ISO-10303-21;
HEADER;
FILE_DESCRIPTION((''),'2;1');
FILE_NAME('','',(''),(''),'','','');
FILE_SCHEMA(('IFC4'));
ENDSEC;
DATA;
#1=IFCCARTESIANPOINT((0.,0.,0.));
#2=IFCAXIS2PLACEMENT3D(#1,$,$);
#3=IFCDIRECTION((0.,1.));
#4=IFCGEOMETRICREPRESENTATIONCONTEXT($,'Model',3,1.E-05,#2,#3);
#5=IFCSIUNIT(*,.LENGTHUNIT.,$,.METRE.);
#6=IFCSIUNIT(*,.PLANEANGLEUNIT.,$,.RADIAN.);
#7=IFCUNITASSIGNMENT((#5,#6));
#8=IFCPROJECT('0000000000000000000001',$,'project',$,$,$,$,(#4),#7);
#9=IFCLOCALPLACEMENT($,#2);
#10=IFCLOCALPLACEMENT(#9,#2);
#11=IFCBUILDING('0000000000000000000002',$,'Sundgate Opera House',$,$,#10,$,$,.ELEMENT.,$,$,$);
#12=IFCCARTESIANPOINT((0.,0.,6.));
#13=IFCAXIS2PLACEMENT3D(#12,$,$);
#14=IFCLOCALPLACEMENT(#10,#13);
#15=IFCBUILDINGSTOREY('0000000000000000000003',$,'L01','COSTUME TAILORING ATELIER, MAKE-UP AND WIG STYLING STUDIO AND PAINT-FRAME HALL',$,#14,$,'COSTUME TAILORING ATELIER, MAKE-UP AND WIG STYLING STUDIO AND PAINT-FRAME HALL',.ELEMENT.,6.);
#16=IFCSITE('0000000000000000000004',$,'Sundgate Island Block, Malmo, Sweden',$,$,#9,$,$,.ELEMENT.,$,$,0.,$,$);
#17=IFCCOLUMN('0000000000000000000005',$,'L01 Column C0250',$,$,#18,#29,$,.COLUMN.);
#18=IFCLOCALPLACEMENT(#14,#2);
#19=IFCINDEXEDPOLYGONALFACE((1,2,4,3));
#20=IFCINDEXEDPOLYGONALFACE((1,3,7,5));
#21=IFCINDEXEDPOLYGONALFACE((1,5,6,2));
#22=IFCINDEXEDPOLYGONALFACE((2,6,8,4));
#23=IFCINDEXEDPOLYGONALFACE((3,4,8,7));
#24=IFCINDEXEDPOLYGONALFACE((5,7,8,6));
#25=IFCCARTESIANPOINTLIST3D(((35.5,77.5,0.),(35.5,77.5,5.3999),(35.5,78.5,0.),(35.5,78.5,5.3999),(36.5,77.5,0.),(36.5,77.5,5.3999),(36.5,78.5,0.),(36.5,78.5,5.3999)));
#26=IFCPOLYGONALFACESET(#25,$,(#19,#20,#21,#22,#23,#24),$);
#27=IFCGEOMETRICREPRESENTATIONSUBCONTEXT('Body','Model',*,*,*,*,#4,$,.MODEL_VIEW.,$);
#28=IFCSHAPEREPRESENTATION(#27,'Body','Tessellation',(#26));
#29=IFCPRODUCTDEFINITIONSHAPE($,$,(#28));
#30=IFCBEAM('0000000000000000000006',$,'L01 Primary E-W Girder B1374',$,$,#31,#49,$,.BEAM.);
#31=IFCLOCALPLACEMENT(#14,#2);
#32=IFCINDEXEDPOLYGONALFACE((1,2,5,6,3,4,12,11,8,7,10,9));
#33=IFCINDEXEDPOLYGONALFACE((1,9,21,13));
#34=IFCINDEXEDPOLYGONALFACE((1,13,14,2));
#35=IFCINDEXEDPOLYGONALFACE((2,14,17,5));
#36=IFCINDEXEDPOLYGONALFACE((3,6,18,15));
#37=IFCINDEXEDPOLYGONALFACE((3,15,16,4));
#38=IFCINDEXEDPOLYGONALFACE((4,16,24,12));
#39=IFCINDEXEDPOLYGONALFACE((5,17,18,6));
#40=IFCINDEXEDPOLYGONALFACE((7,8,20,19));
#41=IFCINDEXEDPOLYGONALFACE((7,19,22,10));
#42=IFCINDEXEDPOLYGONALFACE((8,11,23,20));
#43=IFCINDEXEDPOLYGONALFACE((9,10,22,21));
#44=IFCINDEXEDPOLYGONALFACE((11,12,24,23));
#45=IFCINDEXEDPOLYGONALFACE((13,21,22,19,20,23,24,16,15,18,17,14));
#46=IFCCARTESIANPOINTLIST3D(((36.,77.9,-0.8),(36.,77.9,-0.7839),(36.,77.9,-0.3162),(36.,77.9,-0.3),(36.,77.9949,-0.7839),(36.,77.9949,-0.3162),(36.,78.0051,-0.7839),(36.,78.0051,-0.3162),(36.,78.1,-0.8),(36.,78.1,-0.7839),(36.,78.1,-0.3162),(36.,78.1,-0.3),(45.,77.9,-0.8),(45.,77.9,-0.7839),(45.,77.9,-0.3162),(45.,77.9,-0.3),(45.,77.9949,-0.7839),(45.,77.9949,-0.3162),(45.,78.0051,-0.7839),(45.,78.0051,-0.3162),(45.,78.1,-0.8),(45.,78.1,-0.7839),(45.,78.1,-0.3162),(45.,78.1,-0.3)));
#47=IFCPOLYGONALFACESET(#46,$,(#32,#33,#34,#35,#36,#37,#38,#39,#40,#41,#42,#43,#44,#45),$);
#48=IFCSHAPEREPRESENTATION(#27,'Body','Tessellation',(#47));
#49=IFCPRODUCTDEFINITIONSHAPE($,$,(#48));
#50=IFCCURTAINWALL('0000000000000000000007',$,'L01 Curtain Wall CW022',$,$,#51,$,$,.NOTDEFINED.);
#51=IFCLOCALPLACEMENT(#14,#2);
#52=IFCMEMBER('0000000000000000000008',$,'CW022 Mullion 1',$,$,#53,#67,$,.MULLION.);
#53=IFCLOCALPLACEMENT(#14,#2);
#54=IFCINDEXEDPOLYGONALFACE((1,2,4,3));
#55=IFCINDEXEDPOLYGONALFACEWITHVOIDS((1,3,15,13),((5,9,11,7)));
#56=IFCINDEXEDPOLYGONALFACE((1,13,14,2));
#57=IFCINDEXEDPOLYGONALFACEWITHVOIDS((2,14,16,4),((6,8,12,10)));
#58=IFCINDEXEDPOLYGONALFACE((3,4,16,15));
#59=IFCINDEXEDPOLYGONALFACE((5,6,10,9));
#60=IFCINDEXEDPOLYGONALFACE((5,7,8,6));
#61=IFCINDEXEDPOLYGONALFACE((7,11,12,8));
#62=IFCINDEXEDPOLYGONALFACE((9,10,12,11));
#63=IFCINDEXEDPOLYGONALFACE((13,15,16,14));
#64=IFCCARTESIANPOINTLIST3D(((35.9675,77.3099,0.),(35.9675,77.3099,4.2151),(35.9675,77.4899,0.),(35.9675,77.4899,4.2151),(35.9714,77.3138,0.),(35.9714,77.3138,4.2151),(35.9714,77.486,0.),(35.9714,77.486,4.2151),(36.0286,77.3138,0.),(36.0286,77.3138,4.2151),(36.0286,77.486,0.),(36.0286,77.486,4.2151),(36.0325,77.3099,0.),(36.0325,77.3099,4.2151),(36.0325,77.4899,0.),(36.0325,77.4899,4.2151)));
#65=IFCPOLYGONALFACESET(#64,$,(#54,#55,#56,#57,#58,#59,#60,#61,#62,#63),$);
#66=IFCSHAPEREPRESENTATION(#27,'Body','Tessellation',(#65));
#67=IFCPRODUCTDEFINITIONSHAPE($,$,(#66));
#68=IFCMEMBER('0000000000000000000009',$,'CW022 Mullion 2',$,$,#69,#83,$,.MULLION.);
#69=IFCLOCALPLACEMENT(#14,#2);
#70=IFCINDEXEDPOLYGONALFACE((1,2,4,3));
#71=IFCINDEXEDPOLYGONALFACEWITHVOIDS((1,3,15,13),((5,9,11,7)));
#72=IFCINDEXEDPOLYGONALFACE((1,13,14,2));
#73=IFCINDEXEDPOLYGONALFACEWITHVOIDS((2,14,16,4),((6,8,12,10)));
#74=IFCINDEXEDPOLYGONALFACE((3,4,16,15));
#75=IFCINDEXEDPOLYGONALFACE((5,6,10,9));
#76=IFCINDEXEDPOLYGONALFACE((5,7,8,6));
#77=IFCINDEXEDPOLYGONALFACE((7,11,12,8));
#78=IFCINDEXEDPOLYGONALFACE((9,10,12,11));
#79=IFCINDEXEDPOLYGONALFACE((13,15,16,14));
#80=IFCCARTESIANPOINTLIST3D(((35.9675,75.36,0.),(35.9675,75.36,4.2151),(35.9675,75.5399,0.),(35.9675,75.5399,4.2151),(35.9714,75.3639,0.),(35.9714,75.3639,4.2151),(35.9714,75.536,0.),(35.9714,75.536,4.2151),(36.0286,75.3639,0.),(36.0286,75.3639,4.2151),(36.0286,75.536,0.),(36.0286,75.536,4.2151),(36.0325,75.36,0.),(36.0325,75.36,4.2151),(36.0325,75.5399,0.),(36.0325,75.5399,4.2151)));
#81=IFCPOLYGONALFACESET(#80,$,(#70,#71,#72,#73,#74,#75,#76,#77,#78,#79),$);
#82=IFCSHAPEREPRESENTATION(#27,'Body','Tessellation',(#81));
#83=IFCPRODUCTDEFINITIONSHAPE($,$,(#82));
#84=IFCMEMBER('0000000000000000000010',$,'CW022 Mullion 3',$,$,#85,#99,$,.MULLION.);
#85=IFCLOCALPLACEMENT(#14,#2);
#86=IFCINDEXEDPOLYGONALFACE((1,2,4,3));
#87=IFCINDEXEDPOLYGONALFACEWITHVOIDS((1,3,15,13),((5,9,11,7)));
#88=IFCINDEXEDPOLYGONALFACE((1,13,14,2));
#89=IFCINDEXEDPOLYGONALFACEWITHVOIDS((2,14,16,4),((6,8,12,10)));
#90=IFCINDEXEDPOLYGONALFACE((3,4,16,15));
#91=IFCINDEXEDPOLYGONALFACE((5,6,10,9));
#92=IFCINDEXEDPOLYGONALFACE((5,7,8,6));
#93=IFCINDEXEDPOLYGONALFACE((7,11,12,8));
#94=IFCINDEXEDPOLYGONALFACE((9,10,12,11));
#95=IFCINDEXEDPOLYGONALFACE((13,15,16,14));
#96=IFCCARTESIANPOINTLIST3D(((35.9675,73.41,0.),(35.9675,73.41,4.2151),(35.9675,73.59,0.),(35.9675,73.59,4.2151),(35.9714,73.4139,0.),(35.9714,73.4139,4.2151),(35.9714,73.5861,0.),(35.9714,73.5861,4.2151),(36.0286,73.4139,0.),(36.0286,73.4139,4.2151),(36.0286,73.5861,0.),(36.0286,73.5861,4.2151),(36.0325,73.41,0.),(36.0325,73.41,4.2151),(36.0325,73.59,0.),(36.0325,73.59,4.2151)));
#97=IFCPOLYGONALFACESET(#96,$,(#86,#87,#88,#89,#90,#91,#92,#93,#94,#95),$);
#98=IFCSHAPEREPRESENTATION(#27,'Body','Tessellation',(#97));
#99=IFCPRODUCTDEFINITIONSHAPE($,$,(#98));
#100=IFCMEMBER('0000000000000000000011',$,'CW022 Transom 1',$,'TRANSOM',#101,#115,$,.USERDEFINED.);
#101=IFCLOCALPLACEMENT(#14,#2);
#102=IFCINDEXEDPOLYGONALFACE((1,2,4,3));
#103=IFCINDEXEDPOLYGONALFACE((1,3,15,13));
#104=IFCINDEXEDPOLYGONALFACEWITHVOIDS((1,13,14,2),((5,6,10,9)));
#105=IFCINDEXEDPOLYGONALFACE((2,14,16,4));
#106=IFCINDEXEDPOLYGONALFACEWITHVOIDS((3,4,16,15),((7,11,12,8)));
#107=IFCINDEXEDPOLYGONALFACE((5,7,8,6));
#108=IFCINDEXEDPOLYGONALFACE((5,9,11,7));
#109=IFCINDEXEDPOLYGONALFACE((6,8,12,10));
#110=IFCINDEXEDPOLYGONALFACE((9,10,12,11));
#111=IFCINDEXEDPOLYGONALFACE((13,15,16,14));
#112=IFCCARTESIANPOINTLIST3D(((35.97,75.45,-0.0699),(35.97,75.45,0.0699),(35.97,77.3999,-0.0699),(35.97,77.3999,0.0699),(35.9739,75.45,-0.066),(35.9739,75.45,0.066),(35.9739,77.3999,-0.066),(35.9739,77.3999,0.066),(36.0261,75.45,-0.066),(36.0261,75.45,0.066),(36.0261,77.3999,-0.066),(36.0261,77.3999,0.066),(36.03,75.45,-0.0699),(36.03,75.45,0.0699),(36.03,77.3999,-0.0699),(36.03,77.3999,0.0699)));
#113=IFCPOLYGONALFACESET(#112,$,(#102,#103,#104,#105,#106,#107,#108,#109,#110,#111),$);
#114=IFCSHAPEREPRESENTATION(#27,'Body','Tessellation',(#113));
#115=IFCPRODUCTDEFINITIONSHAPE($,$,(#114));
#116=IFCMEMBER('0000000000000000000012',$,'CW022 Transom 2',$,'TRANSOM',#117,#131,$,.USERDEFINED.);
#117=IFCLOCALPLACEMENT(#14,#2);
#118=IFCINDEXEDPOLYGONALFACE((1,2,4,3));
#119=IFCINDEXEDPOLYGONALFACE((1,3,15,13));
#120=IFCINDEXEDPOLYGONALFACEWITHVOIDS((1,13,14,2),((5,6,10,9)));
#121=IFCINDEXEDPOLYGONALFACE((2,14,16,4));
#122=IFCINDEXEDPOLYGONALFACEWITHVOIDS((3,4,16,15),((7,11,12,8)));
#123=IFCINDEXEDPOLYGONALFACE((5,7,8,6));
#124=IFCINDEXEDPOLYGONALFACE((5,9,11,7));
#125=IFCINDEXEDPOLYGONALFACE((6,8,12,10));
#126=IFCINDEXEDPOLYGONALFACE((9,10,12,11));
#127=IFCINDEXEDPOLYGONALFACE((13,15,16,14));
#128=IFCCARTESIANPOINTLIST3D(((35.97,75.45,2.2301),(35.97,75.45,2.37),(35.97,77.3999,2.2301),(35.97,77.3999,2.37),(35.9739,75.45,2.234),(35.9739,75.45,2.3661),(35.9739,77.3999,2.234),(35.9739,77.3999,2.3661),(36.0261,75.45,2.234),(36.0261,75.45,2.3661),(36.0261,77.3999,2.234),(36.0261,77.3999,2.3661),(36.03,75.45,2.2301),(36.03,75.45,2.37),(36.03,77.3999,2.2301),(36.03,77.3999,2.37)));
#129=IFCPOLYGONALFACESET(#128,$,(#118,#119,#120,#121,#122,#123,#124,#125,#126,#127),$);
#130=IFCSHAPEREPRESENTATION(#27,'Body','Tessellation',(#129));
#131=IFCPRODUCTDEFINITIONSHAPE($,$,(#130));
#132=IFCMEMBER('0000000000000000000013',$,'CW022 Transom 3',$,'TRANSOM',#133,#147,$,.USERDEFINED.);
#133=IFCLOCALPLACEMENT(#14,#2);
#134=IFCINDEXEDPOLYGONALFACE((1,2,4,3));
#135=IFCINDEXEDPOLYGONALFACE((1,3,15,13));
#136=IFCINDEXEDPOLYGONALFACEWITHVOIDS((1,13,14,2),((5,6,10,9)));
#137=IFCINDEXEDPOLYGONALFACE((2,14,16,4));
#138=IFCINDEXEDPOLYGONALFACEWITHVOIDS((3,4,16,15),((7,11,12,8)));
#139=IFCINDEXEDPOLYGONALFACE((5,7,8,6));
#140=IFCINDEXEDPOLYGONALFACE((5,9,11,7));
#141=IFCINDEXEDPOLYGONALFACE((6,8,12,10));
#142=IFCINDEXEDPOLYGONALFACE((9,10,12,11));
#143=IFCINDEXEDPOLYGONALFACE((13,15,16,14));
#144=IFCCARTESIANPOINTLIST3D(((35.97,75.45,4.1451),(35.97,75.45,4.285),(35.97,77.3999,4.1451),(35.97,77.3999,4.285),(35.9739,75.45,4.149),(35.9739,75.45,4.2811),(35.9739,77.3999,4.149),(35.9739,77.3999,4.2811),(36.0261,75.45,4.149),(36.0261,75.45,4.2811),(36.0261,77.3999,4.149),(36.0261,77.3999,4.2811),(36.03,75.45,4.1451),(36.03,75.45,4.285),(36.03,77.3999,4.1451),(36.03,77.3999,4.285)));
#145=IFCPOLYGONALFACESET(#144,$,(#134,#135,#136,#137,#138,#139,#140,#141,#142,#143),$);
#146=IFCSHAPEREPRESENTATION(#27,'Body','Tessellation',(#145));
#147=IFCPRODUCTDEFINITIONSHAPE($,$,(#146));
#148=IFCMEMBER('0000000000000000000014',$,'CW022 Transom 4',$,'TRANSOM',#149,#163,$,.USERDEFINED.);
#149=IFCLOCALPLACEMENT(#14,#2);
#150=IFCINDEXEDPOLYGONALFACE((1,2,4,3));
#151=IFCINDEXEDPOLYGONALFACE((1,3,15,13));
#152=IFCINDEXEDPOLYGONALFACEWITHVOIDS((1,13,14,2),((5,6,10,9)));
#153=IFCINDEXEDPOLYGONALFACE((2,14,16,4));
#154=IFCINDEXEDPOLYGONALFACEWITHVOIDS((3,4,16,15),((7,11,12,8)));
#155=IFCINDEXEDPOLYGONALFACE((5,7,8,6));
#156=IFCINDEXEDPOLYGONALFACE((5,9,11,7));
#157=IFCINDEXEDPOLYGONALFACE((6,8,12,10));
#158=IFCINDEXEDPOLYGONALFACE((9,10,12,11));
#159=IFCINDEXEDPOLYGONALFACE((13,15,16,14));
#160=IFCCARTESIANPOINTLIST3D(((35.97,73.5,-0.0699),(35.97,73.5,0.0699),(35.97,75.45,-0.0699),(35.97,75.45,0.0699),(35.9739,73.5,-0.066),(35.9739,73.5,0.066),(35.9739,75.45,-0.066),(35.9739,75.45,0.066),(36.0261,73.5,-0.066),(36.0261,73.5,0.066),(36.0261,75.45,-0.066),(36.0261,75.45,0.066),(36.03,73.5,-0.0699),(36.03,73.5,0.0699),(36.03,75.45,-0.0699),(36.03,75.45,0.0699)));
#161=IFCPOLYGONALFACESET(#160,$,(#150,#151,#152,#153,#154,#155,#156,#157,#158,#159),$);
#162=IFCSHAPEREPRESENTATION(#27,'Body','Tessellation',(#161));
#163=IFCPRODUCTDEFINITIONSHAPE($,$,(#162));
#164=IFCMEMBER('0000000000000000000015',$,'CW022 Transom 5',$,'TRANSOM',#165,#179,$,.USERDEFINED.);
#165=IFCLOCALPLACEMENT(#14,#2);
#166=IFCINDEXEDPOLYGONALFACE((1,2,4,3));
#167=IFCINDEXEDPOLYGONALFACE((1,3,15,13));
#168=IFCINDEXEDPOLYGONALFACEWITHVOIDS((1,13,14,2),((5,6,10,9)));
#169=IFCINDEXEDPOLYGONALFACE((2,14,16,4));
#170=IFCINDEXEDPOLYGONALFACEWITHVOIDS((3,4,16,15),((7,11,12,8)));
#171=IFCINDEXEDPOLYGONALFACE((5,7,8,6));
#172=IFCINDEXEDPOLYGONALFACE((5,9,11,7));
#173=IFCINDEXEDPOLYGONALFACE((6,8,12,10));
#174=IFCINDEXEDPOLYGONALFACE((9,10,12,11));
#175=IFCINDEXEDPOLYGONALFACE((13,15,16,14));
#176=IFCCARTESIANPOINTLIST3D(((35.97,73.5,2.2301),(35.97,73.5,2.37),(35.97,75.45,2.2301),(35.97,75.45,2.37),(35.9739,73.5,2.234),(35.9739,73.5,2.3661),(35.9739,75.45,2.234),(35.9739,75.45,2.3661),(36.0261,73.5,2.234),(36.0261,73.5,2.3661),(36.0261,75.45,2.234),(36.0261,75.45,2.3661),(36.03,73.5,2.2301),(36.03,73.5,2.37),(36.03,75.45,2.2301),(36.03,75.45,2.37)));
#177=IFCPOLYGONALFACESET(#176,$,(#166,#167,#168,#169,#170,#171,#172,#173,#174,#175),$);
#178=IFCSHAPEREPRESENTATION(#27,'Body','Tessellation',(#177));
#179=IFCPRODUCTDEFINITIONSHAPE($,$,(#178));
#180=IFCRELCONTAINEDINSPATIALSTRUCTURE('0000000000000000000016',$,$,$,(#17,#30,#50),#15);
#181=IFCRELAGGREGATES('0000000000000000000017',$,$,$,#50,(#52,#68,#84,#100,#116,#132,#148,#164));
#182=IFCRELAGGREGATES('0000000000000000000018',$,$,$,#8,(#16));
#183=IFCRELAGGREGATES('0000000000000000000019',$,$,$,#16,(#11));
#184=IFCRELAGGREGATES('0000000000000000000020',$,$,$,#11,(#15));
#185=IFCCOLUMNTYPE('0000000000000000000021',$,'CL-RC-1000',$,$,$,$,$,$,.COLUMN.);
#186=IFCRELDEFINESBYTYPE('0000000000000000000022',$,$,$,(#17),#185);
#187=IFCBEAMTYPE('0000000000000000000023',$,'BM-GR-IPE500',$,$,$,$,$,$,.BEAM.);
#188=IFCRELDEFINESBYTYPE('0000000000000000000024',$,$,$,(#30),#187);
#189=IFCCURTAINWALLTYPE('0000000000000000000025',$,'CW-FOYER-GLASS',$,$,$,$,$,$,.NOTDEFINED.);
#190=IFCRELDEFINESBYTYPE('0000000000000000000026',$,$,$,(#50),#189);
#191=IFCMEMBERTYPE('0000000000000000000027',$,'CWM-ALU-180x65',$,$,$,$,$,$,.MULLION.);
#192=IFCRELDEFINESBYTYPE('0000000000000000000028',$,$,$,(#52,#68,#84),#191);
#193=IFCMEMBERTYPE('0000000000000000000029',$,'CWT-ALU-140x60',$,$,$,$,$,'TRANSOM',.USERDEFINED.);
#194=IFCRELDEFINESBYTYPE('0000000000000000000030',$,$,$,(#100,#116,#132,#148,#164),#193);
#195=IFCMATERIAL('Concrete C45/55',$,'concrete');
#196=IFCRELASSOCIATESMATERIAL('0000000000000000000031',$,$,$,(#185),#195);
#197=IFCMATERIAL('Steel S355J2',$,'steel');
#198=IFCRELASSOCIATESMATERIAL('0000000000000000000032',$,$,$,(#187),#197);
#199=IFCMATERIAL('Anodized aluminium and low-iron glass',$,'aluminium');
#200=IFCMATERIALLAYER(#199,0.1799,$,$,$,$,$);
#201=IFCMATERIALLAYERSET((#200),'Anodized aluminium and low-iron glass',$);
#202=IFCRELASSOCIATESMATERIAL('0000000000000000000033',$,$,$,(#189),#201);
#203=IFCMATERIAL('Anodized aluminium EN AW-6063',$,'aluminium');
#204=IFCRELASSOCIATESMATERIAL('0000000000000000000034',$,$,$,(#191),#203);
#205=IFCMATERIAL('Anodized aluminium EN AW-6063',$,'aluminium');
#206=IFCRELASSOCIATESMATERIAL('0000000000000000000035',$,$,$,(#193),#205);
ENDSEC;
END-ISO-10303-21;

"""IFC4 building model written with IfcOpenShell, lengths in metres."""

from ifc_helpers import new_model, si_unit, direction, frame, origin, origin_2d, place, context, subcontext, project, spatial, rectangle, hollow_rectangle, i_section, extrude, material, layer, layer_set, material_profile, profile_set, type_object, element, aggregate, save


model = new_model("IFC4")

# Units and contexts
model_context = context("Model", 3, precision=1e-05, world=origin(), true_north=direction((0.0, 1.0)))
body_context = subcontext(model_context, "Body", "Model", "MODEL_VIEW")
ifc_project = project(units=[si_unit("LENGTHUNIT", "METRE"), si_unit("PLANEANGLEUNIT", "RADIAN")], contexts=[model_context])

# Site, building, storey
site_placement = place(None, origin())
site = spatial("IfcSite", under=ifc_project, at=site_placement, Name="Sundgate Island Block, Malmo, Sweden", CompositionType="ELEMENT", RefElevation=0.0)
building_placement = place(site_placement, origin())
building = spatial("IfcBuilding", under=site, at=building_placement, Name="Sundgate Opera House", CompositionType="ELEMENT")
storey_placement = place(building_placement, frame((0.0, 0.0, 6.0)))
storey = spatial("IfcBuildingStorey", under=building, at=storey_placement, Name="L01", Description="COSTUME TAILORING ATELIER, MAKE-UP AND WIG STYLING STUDIO AND PAINT-FRAME HALL", LongName="COSTUME TAILORING ATELIER, MAKE-UP AND WIG STYLING STUDIO AND PAINT-FRAME HALL", CompositionType="ELEMENT", Elevation=6.0)

# Column
ifc_material_1 = material(Name="Concrete C45/55", Category="concrete")
ifc_material_profile_1 = material_profile(ifc_material_1, rectangle(XDim=1.0, YDim=1.0, at=origin_2d()), Name="RC 1000x1000")
ifc_profile_set_1 = profile_set([ifc_material_profile_1], Name="Concrete C45/55")
column_type = type_object("IfcColumnType", Name="CL-RC-1000", PredefinedType="COLUMN", material=ifc_profile_set_1)
column_placement = place(storey_placement, frame((36.0, 78.0, 0.0), z_axis=(0.0, 0.0, 1.0), x_axis=(1.0, 0.0, 0.0)))
element("IfcColumn", 1, at=column_placement, inside=storey, type_object=column_type, Name="L01 Column C0250", PredefinedType="COLUMN", context=body_context, shape_type="SweptSolid", body=[
    extrude(rectangle(XDim=1.0, YDim=1.0, at=origin_2d()), origin(), (0.0, 0.0, 1.0), 5.3999),
])

# Beam
ifc_material_2 = material(Name="Steel S355J2", Category="steel")
ifc_material_profile_2 = material_profile(ifc_material_2, i_section(OverallWidth=0.2, OverallDepth=0.5, WebThickness=0.0103, FlangeThickness=0.0161, at=origin_2d()), Name="IPE 500")
ifc_profile_set_2 = profile_set([ifc_material_profile_2], Name="Steel S355J2")
beam_type = type_object("IfcBeamType", Name="BM-GR-IPE500", PredefinedType="BEAM", material=ifc_profile_set_2)
beam_placement = place(storey_placement, frame((36.0, 78.0, -0.55), z_axis=(1.0, 0.0, 0.0), x_axis=(0.0, 1.0, 0.0)))
element("IfcBeam", 2, at=beam_placement, inside=storey, type_object=beam_type, Name="L01 Primary E-W Girder B1374", PredefinedType="BEAM", context=body_context, shape_type="SweptSolid", body=[
    extrude(i_section(OverallWidth=0.2, OverallDepth=0.5, WebThickness=0.0103, FlangeThickness=0.0161, at=origin_2d()), origin(), (0.0, 0.0, 1.0), 9.0),
])

# Curtain wall, members
ifc_material_3 = material(Name="Anodized aluminium and low-iron glass", Category="aluminium")
ifc_layer_1 = layer(ifc_material_3, 0.1799)
ifc_layer_set_1 = layer_set([ifc_layer_1], Name="Anodized aluminium and low-iron glass")
curtain_wall_type = type_object("IfcCurtainWallType", Name="CW-FOYER-GLASS", PredefinedType="NOTDEFINED", material=ifc_layer_set_1)
curtain_wall_placement = place(storey_placement, origin())
curtain_wall = element("IfcCurtainWall", 3, at=curtain_wall_placement, inside=storey, type_object=curtain_wall_type, Name="L01 Curtain Wall CW022", PredefinedType="NOTDEFINED")
ifc_material_4 = material(Name="Anodized aluminium EN AW-6063", Category="aluminium")
ifc_material_profile_3 = material_profile(ifc_material_4, hollow_rectangle(XDim=0.0649, YDim=0.1799, WallThickness=0.0039, at=origin_2d()), Name="CWM 180x65x4")
ifc_profile_set_3 = profile_set([ifc_material_profile_3], Name="Anodized aluminium EN AW-6063")
member_type_1 = type_object("IfcMemberType", Name="CWM-ALU-180x65", PredefinedType="MULLION", material=ifc_profile_set_3)
member_1_placement = place(storey_placement, frame((36.0, 77.3999, 0.0), z_axis=(0.0, 0.0, 1.0), x_axis=(1.0, 0.0, 0.0)))
member_1 = element("IfcMember", 4, at=member_1_placement, type_object=member_type_1, Name="CW022 Mullion 1", PredefinedType="MULLION", context=body_context, shape_type="SweptSolid", body=[
    extrude(hollow_rectangle(XDim=0.0649, YDim=0.1799, WallThickness=0.0039, at=origin_2d()), origin(), (0.0, 0.0, 1.0), 4.2151),
])
member_2_placement = place(storey_placement, frame((36.0, 75.45, 0.0), z_axis=(0.0, 0.0, 1.0), x_axis=(1.0, 0.0, 0.0)))
member_2 = element("IfcMember", 5, at=member_2_placement, type_object=member_type_1, Name="CW022 Mullion 2", PredefinedType="MULLION", context=body_context, shape_type="SweptSolid", body=[
    extrude(hollow_rectangle(XDim=0.0649, YDim=0.1799, WallThickness=0.0039, at=origin_2d()), origin(), (0.0, 0.0, 1.0), 4.2151),
])
member_3_placement = place(storey_placement, frame((36.0, 73.5, 0.0), z_axis=(0.0, 0.0, 1.0), x_axis=(1.0, 0.0, 0.0)))
member_3 = element("IfcMember", 6, at=member_3_placement, type_object=member_type_1, Name="CW022 Mullion 3", PredefinedType="MULLION", context=body_context, shape_type="SweptSolid", body=[
    extrude(hollow_rectangle(XDim=0.0649, YDim=0.1799, WallThickness=0.0039, at=origin_2d()), origin(), (0.0, 0.0, 1.0), 4.2151),
])
ifc_material_5 = material(Name="Anodized aluminium EN AW-6063", Category="aluminium")
ifc_material_profile_4 = material_profile(ifc_material_5, hollow_rectangle(XDim=0.0601, YDim=0.1399, WallThickness=0.0039, at=origin_2d()), Name="CWT 140x60x4")
ifc_profile_set_4 = profile_set([ifc_material_profile_4], Name="Anodized aluminium EN AW-6063")
member_type_2 = type_object("IfcMemberType", Name="CWT-ALU-140x60", ElementType="TRANSOM", PredefinedType="USERDEFINED", material=ifc_profile_set_4)
member_4_placement = place(storey_placement, frame((36.0, 77.3999, 0.0), z_axis=(0.0, -1.0, 0.0), x_axis=(1.0, 0.0, 0.0)))
member_4 = element("IfcMember", 7, at=member_4_placement, type_object=member_type_2, Name="CW022 Transom 1", ObjectType="TRANSOM", PredefinedType="USERDEFINED", context=body_context, shape_type="SweptSolid", body=[
    extrude(hollow_rectangle(XDim=0.0601, YDim=0.1399, WallThickness=0.0039, at=origin_2d()), origin(), (0.0, 0.0, 1.0), 1.95),
])
member_5_placement = place(storey_placement, frame((36.0, 77.3999, 2.3), z_axis=(0.0, -1.0, 0.0), x_axis=(1.0, 0.0, 0.0)))
member_5 = element("IfcMember", 8, at=member_5_placement, type_object=member_type_2, Name="CW022 Transom 2", ObjectType="TRANSOM", PredefinedType="USERDEFINED", context=body_context, shape_type="SweptSolid", body=[
    extrude(hollow_rectangle(XDim=0.0601, YDim=0.1399, WallThickness=0.0039, at=origin_2d()), origin(), (0.0, 0.0, 1.0), 1.95),
])
member_6_placement = place(storey_placement, frame((36.0, 77.3999, 4.2151), z_axis=(0.0, -1.0, 0.0), x_axis=(1.0, 0.0, 0.0)))
member_6 = element("IfcMember", 9, at=member_6_placement, type_object=member_type_2, Name="CW022 Transom 3", ObjectType="TRANSOM", PredefinedType="USERDEFINED", context=body_context, shape_type="SweptSolid", body=[
    extrude(hollow_rectangle(XDim=0.0601, YDim=0.1399, WallThickness=0.0039, at=origin_2d()), origin(), (0.0, 0.0, 1.0), 1.95),
])
member_7_placement = place(storey_placement, frame((36.0, 75.45, 0.0), z_axis=(0.0, -1.0, 0.0), x_axis=(1.0, 0.0, 0.0)))
member_7 = element("IfcMember", 10, at=member_7_placement, type_object=member_type_2, Name="CW022 Transom 4", ObjectType="TRANSOM", PredefinedType="USERDEFINED", context=body_context, shape_type="SweptSolid", body=[
    extrude(hollow_rectangle(XDim=0.0601, YDim=0.1399, WallThickness=0.0039, at=origin_2d()), origin(), (0.0, 0.0, 1.0), 1.95),
])
member_8_placement = place(storey_placement, frame((36.0, 75.45, 2.3), z_axis=(0.0, -1.0, 0.0), x_axis=(1.0, 0.0, 0.0)))
member_8 = element("IfcMember", 11, at=member_8_placement, type_object=member_type_2, Name="CW022 Transom 5", ObjectType="TRANSOM", PredefinedType="USERDEFINED", context=body_context, shape_type="SweptSolid", body=[
    extrude(hollow_rectangle(XDim=0.0601, YDim=0.1399, WallThickness=0.0039, at=origin_2d()), origin(), (0.0, 0.0, 1.0), 1.95),
])
aggregate(curtain_wall, [member_1, member_2, member_3, member_4, member_5, member_6, member_7, member_8])

save(model, "model.ifc")
